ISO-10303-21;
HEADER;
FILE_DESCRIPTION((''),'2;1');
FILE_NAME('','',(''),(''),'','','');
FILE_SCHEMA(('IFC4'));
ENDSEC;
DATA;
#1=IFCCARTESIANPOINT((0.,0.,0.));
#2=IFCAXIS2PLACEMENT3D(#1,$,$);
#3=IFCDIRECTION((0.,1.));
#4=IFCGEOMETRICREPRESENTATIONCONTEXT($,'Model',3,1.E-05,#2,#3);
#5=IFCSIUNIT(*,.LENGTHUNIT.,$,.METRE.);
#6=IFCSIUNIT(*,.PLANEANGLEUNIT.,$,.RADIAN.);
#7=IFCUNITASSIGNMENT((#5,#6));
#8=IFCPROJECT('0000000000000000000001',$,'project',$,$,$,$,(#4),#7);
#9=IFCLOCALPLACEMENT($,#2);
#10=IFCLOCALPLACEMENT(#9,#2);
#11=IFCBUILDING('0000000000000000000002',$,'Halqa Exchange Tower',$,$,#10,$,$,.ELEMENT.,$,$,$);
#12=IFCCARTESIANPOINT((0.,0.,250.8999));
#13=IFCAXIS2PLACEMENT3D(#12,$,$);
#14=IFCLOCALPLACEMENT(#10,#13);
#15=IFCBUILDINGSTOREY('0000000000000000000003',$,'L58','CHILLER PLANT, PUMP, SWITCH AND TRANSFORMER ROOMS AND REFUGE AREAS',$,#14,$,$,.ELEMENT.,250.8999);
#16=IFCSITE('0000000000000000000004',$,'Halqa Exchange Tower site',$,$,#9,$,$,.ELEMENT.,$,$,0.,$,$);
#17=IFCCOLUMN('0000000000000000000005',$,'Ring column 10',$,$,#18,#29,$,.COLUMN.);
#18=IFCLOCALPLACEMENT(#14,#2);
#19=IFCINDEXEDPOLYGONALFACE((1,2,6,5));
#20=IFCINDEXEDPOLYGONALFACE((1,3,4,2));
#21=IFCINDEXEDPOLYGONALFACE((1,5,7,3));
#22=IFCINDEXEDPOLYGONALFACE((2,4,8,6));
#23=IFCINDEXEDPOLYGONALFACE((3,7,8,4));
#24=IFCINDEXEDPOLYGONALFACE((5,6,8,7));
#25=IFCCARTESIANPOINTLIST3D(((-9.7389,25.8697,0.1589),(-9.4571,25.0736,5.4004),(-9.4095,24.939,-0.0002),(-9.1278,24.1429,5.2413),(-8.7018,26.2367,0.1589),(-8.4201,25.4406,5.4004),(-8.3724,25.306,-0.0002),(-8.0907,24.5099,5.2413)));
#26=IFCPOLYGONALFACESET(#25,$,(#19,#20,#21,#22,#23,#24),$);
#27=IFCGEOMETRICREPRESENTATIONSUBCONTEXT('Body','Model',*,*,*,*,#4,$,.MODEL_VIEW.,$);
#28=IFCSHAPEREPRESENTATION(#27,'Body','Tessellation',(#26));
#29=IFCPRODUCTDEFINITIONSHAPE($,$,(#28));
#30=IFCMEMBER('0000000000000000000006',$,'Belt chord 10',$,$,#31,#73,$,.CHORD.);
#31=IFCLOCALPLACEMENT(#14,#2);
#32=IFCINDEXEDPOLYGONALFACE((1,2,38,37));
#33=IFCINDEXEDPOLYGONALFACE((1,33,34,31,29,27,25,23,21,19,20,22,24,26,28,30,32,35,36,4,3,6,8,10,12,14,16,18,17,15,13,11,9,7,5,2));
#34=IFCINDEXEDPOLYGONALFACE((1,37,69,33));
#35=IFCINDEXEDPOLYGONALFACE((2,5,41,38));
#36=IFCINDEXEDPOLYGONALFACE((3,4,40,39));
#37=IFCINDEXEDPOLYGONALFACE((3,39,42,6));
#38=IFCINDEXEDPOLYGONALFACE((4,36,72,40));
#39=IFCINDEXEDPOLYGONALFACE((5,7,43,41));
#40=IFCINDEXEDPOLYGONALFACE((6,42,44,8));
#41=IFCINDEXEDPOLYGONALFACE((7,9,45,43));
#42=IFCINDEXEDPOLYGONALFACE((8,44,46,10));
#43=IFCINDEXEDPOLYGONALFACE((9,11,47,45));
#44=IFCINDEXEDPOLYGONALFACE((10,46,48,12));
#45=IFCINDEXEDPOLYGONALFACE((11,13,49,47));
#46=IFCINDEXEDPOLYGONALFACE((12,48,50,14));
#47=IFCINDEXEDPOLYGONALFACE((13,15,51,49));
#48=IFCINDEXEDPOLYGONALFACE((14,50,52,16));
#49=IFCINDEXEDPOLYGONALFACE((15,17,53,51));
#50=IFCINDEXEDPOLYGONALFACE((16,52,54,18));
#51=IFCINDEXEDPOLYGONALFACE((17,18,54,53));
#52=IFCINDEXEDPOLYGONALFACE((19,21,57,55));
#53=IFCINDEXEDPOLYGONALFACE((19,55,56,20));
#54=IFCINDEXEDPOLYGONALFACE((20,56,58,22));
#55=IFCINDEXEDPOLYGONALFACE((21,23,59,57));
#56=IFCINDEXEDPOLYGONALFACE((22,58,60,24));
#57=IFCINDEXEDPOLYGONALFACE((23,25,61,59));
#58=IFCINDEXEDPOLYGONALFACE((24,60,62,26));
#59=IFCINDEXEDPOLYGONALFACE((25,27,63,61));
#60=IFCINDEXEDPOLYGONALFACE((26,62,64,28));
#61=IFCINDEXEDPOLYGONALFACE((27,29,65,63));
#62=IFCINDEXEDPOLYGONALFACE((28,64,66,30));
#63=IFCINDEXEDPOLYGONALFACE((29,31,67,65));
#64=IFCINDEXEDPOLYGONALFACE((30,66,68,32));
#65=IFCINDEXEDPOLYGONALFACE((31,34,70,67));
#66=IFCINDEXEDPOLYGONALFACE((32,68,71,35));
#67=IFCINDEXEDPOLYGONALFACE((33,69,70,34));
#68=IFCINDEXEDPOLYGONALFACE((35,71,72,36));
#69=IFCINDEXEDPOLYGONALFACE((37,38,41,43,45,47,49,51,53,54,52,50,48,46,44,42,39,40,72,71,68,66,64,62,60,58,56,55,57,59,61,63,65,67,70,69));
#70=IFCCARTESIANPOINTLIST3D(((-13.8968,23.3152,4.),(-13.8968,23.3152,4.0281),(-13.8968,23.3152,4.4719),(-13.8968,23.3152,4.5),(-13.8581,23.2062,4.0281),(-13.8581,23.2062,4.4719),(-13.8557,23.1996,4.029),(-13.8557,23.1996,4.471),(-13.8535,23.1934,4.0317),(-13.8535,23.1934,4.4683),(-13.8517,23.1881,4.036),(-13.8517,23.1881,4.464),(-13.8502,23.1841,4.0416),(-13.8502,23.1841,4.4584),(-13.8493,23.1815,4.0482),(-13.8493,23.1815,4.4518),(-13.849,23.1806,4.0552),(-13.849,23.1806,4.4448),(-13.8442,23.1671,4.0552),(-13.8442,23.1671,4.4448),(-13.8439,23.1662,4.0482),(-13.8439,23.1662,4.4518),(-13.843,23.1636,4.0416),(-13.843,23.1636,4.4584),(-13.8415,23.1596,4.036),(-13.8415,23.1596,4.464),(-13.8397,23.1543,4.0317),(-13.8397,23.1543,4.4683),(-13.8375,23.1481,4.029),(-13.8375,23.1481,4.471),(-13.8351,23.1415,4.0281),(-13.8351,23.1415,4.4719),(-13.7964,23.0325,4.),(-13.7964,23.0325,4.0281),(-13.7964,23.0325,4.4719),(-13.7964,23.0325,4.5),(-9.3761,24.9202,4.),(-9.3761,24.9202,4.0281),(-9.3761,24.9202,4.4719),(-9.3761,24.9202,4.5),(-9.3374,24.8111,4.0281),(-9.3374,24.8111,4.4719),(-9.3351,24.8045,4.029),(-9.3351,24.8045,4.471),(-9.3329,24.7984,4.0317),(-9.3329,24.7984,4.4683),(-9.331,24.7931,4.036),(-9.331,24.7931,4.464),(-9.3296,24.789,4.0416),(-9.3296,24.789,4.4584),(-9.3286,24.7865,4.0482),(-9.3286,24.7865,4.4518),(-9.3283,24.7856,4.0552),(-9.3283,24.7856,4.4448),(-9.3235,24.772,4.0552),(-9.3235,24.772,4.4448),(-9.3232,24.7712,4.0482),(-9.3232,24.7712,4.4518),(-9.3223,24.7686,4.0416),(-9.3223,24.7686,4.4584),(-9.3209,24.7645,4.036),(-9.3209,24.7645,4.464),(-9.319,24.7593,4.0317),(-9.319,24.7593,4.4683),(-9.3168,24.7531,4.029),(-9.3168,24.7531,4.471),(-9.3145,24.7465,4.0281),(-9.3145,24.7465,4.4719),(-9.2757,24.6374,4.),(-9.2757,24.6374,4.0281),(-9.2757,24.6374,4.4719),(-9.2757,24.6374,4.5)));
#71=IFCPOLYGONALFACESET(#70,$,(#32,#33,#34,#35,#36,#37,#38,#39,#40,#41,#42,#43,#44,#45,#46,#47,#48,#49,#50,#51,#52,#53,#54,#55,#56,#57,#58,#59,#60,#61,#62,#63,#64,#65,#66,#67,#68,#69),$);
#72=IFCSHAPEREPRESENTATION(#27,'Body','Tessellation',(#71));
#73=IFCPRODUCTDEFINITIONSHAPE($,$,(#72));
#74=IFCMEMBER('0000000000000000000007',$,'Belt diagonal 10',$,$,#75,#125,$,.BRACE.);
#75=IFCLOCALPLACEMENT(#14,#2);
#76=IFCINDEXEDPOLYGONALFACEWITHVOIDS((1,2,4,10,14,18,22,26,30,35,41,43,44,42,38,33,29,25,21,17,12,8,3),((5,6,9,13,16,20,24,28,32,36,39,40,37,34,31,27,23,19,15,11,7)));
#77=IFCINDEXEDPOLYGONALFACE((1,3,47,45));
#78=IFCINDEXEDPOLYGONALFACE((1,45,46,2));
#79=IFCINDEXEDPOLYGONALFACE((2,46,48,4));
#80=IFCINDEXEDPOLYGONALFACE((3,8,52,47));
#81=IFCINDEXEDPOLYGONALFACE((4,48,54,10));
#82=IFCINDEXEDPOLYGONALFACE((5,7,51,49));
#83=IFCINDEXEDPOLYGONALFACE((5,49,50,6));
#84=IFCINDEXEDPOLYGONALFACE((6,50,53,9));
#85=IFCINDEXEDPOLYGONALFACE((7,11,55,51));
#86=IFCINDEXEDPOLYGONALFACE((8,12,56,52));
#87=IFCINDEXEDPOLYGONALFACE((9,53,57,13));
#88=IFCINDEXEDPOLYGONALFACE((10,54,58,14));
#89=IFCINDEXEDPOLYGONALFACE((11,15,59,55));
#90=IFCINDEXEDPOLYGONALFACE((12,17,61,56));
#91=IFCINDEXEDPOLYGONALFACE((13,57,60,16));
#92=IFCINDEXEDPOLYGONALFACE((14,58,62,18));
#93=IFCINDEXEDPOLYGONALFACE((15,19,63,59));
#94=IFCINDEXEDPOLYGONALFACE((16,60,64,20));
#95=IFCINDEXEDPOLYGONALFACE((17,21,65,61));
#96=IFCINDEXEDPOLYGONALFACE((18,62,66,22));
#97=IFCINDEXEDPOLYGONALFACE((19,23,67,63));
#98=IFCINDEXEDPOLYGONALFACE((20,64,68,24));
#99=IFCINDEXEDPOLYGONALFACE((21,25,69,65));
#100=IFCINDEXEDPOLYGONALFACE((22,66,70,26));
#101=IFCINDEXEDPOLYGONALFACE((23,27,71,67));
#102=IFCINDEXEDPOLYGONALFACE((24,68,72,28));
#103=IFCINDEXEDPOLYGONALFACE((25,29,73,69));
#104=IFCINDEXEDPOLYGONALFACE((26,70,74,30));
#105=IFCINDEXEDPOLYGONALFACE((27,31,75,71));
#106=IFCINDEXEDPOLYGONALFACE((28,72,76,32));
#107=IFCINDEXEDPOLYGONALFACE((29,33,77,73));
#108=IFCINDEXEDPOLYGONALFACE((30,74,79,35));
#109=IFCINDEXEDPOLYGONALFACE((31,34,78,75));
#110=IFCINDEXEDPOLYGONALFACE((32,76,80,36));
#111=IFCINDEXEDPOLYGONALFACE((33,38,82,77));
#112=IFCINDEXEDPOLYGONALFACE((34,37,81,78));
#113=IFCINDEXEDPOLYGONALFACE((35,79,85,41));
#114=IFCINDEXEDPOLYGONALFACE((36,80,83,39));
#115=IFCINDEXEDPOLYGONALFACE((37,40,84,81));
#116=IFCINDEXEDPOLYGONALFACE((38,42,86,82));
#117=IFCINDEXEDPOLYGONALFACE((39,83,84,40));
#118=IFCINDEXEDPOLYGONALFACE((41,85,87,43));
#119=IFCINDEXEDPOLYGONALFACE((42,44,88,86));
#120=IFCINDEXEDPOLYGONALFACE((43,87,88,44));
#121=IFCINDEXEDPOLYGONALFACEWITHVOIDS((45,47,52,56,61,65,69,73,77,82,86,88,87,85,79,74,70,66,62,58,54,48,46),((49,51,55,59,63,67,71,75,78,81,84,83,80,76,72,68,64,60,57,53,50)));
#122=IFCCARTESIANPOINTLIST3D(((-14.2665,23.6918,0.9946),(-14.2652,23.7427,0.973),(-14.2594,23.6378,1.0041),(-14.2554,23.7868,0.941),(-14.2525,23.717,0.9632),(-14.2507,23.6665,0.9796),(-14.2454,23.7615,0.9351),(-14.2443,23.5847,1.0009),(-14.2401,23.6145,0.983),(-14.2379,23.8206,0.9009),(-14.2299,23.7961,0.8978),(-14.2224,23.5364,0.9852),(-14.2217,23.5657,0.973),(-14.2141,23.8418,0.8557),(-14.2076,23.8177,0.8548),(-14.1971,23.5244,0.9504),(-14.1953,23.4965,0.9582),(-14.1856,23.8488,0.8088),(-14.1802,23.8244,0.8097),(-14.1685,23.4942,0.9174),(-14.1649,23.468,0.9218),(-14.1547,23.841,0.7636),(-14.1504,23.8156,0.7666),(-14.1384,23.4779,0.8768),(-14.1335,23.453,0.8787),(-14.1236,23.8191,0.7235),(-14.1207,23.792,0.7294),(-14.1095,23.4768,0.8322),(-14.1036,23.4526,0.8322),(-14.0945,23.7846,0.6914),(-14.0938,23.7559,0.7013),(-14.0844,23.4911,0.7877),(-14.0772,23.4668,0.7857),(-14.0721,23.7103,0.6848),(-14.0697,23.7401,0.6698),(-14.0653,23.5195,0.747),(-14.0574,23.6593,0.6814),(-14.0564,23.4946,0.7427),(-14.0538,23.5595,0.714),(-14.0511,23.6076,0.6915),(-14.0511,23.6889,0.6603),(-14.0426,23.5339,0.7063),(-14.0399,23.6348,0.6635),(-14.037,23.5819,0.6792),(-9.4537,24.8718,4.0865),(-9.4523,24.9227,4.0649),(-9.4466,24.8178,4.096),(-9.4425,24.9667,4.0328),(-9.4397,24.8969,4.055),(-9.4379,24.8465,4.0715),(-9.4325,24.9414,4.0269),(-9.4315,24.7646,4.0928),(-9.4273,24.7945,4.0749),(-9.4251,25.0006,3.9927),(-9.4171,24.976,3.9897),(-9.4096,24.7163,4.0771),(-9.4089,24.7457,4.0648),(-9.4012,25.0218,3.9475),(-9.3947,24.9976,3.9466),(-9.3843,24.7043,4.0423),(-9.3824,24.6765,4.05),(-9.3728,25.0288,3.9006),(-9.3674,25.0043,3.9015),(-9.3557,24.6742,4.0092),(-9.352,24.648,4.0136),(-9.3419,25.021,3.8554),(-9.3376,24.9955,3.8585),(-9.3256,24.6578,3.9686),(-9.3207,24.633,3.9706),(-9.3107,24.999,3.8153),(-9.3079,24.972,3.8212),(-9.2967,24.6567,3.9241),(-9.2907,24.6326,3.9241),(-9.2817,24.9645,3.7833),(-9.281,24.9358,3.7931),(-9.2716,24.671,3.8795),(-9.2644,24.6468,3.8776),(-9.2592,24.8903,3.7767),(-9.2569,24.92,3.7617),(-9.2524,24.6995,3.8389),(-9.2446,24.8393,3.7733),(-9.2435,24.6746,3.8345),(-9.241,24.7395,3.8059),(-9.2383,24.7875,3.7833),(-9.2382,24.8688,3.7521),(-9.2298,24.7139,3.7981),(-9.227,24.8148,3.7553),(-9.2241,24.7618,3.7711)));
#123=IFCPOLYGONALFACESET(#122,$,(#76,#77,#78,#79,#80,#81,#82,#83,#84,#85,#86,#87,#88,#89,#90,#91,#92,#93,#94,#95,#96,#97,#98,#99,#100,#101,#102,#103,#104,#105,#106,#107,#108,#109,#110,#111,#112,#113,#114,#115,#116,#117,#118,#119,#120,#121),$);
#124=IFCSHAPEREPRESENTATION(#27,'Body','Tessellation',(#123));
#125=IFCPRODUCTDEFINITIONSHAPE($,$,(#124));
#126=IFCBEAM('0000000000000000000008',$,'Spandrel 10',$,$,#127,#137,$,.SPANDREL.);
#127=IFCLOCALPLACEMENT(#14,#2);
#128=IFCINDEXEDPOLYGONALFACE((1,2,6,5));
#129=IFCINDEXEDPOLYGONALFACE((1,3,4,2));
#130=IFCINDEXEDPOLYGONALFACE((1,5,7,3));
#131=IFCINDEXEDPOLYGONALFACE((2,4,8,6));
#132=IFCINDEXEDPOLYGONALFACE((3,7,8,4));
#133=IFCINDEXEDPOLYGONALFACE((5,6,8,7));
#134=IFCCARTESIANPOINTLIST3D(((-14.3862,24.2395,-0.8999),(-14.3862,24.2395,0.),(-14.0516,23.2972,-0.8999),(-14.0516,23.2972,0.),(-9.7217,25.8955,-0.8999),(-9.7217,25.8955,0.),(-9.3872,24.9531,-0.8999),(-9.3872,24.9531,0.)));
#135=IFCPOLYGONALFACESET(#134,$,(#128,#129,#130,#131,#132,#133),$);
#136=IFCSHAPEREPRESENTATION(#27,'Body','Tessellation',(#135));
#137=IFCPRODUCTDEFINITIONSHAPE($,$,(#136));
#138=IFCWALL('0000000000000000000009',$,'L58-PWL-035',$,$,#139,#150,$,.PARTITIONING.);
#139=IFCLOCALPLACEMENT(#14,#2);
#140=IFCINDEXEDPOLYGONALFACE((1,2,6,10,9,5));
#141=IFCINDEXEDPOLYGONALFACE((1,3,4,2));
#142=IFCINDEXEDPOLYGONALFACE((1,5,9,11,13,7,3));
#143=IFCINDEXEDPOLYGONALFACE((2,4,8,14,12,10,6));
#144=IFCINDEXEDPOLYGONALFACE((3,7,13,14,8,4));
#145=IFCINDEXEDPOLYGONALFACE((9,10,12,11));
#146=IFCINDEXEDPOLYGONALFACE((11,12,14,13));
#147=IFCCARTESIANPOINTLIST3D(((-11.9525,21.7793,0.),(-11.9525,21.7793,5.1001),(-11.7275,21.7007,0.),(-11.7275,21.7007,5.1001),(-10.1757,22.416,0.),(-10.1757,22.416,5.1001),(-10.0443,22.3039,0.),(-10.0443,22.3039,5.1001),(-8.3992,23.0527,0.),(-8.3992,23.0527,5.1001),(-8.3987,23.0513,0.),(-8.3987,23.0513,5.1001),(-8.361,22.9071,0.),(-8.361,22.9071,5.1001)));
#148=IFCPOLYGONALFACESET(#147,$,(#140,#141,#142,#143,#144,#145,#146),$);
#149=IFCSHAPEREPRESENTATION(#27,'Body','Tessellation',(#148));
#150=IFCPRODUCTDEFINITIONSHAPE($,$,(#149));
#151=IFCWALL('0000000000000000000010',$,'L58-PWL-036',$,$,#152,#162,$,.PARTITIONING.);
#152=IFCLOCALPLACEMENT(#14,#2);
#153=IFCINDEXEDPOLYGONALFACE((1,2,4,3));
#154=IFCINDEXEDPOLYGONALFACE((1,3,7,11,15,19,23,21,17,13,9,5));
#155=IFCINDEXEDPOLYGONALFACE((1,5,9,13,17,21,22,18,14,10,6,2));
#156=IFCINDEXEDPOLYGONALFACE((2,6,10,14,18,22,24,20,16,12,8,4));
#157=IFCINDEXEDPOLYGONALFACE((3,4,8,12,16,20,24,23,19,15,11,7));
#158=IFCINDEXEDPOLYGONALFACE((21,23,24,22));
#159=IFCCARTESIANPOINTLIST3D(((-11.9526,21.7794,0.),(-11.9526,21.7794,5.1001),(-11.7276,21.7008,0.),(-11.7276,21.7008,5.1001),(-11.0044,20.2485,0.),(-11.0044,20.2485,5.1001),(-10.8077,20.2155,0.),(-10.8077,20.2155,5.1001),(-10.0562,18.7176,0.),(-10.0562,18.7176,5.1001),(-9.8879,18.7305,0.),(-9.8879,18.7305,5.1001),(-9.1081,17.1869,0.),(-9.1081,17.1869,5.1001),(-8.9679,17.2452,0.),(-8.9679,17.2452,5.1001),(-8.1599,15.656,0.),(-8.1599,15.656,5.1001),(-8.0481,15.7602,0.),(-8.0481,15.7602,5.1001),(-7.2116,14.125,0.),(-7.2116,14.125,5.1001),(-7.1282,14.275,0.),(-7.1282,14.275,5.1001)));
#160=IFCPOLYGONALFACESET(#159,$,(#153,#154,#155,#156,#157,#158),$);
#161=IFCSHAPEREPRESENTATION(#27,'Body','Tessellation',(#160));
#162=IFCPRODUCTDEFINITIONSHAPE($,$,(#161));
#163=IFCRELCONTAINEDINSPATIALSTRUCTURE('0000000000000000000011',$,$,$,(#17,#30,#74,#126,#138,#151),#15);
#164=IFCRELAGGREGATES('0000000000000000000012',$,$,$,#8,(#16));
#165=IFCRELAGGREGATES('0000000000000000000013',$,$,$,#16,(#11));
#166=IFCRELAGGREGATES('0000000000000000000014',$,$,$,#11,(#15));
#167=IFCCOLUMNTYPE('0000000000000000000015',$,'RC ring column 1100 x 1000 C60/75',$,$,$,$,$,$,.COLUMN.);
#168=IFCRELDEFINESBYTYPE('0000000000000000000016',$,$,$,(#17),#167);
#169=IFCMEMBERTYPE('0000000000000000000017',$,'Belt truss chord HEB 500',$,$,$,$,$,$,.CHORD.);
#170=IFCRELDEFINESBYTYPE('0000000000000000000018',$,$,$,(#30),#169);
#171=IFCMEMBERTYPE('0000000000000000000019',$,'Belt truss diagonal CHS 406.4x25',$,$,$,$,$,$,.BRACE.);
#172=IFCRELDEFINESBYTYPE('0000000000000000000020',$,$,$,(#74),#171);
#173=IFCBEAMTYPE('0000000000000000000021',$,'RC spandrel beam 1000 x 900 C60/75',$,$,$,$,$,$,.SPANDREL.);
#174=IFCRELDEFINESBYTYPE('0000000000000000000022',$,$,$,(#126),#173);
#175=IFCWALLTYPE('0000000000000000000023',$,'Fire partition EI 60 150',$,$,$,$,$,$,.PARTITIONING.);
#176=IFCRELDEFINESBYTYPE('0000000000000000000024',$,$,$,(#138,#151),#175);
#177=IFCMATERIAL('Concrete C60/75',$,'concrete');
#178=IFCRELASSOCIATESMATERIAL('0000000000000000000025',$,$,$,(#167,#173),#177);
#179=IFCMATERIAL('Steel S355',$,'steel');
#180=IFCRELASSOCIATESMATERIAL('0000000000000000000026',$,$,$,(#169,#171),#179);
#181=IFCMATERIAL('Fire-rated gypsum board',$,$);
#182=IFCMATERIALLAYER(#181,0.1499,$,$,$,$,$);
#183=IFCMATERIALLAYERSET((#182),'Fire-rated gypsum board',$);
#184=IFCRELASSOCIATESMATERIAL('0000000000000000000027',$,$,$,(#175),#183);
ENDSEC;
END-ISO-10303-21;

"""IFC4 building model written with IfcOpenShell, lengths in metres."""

from ifc_helpers import new_model, si_unit, direction, frame, origin, origin_2d, place, context, subcontext, project, spatial, polyline, rectangle, hollow_circle, i_section, outline, extrude, material, layer, layer_set, material_profile, profile_set, type_object, element, save


model = new_model("IFC4")

# Units and contexts
model_context = context("Model", 3, precision=1e-05, world=origin(), true_north=direction((0.0, 1.0)))
body_context = subcontext(model_context, "Body", "Model", "MODEL_VIEW")
ifc_project = project(units=[si_unit("LENGTHUNIT", "METRE"), si_unit("PLANEANGLEUNIT", "RADIAN")], contexts=[model_context])

# Site, building, storey
site_placement = place(None, origin())
site = spatial("IfcSite", under=ifc_project, at=site_placement, Name="Halqa Exchange Tower site", CompositionType="ELEMENT", RefElevation=0.0)
building_placement = place(site_placement, origin())
building = spatial("IfcBuilding", under=site, at=building_placement, Name="Halqa Exchange Tower", CompositionType="ELEMENT")
storey_placement = place(building_placement, frame((0.0, 0.0, 250.8999)))
storey = spatial("IfcBuildingStorey", under=building, at=storey_placement, Name="L58", Description="CHILLER PLANT, PUMP, SWITCH AND TRANSFORMER ROOMS AND REFUGE AREAS", CompositionType="ELEMENT", Elevation=250.8999)

# Column
ifc_material_1 = material(Name="Concrete C60/75", Category="concrete")
ifc_material_profile_1 = material_profile(ifc_material_1, rectangle(XDim=1.1001, YDim=1.0, at=origin_2d()), Name="1100 x 1000")
ifc_profile_set_1 = profile_set([ifc_material_profile_1], Name="Concrete C60/75")
column_type = type_object("IfcColumnType", Name="RC ring column 1100 x 1000 C60/75", PredefinedType="COLUMN", material=ifc_profile_set_1)
column_placement = place(storey_placement, frame((-9.0557, 25.5879, 0.0793), z_axis=(0.053067, -0.149959, 0.987267), x_axis=(0.942712, 0.333606, 0.0)))
element("IfcColumn", 1, at=column_placement, inside=storey, type_object=column_type, Name="Ring column 10", PredefinedType="COLUMN", context=body_context, shape_type="SweptSolid", body=[
    extrude(rectangle(XDim=1.1001, YDim=1.0, at=origin_2d()), origin(), (0.0, 0.0, 1.0), 5.3091),
])

# Members
ifc_material_2 = material(Name="Steel S355", Category="steel")
ifc_material_profile_2 = material_profile(ifc_material_2, i_section(OverallWidth=0.3, OverallDepth=0.5, WebThickness=0.0144, FlangeThickness=0.0281, FilletRadius=0.0271, at=origin_2d()), Name="HEB 500")
ifc_profile_set_2 = profile_set([ifc_material_profile_2], Name="Steel S355")
member_type_1 = type_object("IfcMemberType", Name="Belt truss chord HEB 500", PredefinedType="CHORD", material=ifc_profile_set_2)
member_1_placement = place(storey_placement, frame((-9.3259, 24.7788, 4.25), z_axis=(-0.942372, -0.334566, 0.0), x_axis=(0.334566, -0.942372, 0.0)))
element("IfcMember", 2, at=member_1_placement, inside=storey, type_object=member_type_1, Name="Belt chord 10", PredefinedType="CHORD", context=body_context, shape_type="SweptSolid", body=[
    extrude(i_section(OverallWidth=0.3, OverallDepth=0.5, WebThickness=0.0144, FlangeThickness=0.0281, FilletRadius=0.0271, at=origin_2d()), origin(), (0.0, 0.0, 1.0), 4.7971),
])
ifc_material_profile_3 = material_profile(ifc_material_2, hollow_circle(Radius=0.2031, WallThickness=0.0249, at=origin_2d()), Name="CHS 406.4x25")
ifc_profile_set_3 = profile_set([ifc_material_profile_3], Name="Steel S355")
member_type_2 = type_object("IfcMemberType", Name="Belt truss diagonal CHS 406.4x25", PredefinedType="BRACE", material=ifc_profile_set_3)
member_2_placement = place(storey_placement, frame((-9.3391, 24.8298, 3.9241), z_axis=(-0.823999, -0.202018, -0.529352), x_axis=(0.238116, -0.971237, 0.0)))
element("IfcMember", 3, at=member_2_placement, inside=storey, type_object=member_type_2, Name="Belt diagonal 10", PredefinedType="BRACE", context=body_context, shape_type="SweptSolid", body=[
    extrude(hollow_circle(Radius=0.2031, WallThickness=0.0249, at=origin_2d()), origin(), (0.0, 0.0, 1.0), 5.8408),
])

# Beam
ifc_material_profile_4 = material_profile(ifc_material_1, rectangle(XDim=1.0, YDim=0.8999, at=origin_2d()), Name="1000 x 900")
ifc_profile_set_4 = profile_set([ifc_material_profile_4], Name="Concrete C60/75")
beam_type = type_object("IfcBeamType", Name="RC spandrel beam 1000 x 900 C60/75", PredefinedType="SPANDREL", material=ifc_profile_set_4)
beam_placement = place(storey_placement, frame((-9.5544, 25.4243, -0.45), z_axis=(-0.942374, -0.334561, 0.0), x_axis=(0.334561, -0.942374, 0.0)))
element("IfcBeam", 4, at=beam_placement, inside=storey, type_object=beam_type, Name="Spandrel 10", PredefinedType="SPANDREL", context=body_context, shape_type="SweptSolid", body=[
    extrude(rectangle(XDim=1.0, YDim=0.8999, at=origin_2d()), origin(), (0.0, 0.0, 1.0), 4.9497),
])

# Walls
ifc_material_3 = material(Name="Fire-rated gypsum board")
ifc_layer_1 = layer(ifc_material_3, 0.1499)
ifc_layer_set_1 = layer_set([ifc_layer_1], Name="Fire-rated gypsum board")
wall_type = type_object("IfcWallType", Name="Fire partition EI 60 150", PredefinedType="PARTITIONING", material=ifc_layer_set_1)
wall_1_placement = place(storey_placement, frame((-11.9272, 21.7087, 0.0), z_axis=(0.0, 0.0, 1.0), x_axis=(0.941377, 0.337356, 0.0)))
element("IfcWall", 5, at=wall_1_placement, inside=storey, type_object=wall_type, Name="L58-PWL-035", PredefinedType="PARTITIONING", context=body_context, shape_type="SweptSolid", body=[
    extrude(outline(polyline([(0.1853, -0.075), (1.9734, -0.075), (3.7615, -0.075), (3.7747, 0.0735), (3.7747, 0.075), (1.8875, 0.075), (0.0, 0.075), (0.1853, -0.075)])), origin(), (0.0, 0.0, 1.0), 5.1001),
])
wall_2_placement = place(storey_placement, frame((-11.8889, 21.8188, 0.0), z_axis=(0.0, 0.0, 1.0), x_axis=(0.526563, -0.850136, 0.0)))
element("IfcWall", 6, at=wall_2_placement, inside=storey, type_object=wall_type, Name="L58-PWL-036", PredefinedType="PARTITIONING", context=body_context, shape_type="SweptSolid", body=[
    extrude(outline(polyline([(0.0, -0.075), (1.8008, -0.075), (3.6016, -0.075), (5.4021, -0.075), (7.2029, -0.075), (9.0037, -0.075), (8.9202, 0.075), (7.1731, 0.075), (5.4263, 0.075), (3.6792, 0.075), (1.9324, 0.075), (0.1853, 0.075), (0.0, -0.075)])), origin(), (0.0, 0.0, 1.0), 5.1001),
])

save(model, "model.ifc")
